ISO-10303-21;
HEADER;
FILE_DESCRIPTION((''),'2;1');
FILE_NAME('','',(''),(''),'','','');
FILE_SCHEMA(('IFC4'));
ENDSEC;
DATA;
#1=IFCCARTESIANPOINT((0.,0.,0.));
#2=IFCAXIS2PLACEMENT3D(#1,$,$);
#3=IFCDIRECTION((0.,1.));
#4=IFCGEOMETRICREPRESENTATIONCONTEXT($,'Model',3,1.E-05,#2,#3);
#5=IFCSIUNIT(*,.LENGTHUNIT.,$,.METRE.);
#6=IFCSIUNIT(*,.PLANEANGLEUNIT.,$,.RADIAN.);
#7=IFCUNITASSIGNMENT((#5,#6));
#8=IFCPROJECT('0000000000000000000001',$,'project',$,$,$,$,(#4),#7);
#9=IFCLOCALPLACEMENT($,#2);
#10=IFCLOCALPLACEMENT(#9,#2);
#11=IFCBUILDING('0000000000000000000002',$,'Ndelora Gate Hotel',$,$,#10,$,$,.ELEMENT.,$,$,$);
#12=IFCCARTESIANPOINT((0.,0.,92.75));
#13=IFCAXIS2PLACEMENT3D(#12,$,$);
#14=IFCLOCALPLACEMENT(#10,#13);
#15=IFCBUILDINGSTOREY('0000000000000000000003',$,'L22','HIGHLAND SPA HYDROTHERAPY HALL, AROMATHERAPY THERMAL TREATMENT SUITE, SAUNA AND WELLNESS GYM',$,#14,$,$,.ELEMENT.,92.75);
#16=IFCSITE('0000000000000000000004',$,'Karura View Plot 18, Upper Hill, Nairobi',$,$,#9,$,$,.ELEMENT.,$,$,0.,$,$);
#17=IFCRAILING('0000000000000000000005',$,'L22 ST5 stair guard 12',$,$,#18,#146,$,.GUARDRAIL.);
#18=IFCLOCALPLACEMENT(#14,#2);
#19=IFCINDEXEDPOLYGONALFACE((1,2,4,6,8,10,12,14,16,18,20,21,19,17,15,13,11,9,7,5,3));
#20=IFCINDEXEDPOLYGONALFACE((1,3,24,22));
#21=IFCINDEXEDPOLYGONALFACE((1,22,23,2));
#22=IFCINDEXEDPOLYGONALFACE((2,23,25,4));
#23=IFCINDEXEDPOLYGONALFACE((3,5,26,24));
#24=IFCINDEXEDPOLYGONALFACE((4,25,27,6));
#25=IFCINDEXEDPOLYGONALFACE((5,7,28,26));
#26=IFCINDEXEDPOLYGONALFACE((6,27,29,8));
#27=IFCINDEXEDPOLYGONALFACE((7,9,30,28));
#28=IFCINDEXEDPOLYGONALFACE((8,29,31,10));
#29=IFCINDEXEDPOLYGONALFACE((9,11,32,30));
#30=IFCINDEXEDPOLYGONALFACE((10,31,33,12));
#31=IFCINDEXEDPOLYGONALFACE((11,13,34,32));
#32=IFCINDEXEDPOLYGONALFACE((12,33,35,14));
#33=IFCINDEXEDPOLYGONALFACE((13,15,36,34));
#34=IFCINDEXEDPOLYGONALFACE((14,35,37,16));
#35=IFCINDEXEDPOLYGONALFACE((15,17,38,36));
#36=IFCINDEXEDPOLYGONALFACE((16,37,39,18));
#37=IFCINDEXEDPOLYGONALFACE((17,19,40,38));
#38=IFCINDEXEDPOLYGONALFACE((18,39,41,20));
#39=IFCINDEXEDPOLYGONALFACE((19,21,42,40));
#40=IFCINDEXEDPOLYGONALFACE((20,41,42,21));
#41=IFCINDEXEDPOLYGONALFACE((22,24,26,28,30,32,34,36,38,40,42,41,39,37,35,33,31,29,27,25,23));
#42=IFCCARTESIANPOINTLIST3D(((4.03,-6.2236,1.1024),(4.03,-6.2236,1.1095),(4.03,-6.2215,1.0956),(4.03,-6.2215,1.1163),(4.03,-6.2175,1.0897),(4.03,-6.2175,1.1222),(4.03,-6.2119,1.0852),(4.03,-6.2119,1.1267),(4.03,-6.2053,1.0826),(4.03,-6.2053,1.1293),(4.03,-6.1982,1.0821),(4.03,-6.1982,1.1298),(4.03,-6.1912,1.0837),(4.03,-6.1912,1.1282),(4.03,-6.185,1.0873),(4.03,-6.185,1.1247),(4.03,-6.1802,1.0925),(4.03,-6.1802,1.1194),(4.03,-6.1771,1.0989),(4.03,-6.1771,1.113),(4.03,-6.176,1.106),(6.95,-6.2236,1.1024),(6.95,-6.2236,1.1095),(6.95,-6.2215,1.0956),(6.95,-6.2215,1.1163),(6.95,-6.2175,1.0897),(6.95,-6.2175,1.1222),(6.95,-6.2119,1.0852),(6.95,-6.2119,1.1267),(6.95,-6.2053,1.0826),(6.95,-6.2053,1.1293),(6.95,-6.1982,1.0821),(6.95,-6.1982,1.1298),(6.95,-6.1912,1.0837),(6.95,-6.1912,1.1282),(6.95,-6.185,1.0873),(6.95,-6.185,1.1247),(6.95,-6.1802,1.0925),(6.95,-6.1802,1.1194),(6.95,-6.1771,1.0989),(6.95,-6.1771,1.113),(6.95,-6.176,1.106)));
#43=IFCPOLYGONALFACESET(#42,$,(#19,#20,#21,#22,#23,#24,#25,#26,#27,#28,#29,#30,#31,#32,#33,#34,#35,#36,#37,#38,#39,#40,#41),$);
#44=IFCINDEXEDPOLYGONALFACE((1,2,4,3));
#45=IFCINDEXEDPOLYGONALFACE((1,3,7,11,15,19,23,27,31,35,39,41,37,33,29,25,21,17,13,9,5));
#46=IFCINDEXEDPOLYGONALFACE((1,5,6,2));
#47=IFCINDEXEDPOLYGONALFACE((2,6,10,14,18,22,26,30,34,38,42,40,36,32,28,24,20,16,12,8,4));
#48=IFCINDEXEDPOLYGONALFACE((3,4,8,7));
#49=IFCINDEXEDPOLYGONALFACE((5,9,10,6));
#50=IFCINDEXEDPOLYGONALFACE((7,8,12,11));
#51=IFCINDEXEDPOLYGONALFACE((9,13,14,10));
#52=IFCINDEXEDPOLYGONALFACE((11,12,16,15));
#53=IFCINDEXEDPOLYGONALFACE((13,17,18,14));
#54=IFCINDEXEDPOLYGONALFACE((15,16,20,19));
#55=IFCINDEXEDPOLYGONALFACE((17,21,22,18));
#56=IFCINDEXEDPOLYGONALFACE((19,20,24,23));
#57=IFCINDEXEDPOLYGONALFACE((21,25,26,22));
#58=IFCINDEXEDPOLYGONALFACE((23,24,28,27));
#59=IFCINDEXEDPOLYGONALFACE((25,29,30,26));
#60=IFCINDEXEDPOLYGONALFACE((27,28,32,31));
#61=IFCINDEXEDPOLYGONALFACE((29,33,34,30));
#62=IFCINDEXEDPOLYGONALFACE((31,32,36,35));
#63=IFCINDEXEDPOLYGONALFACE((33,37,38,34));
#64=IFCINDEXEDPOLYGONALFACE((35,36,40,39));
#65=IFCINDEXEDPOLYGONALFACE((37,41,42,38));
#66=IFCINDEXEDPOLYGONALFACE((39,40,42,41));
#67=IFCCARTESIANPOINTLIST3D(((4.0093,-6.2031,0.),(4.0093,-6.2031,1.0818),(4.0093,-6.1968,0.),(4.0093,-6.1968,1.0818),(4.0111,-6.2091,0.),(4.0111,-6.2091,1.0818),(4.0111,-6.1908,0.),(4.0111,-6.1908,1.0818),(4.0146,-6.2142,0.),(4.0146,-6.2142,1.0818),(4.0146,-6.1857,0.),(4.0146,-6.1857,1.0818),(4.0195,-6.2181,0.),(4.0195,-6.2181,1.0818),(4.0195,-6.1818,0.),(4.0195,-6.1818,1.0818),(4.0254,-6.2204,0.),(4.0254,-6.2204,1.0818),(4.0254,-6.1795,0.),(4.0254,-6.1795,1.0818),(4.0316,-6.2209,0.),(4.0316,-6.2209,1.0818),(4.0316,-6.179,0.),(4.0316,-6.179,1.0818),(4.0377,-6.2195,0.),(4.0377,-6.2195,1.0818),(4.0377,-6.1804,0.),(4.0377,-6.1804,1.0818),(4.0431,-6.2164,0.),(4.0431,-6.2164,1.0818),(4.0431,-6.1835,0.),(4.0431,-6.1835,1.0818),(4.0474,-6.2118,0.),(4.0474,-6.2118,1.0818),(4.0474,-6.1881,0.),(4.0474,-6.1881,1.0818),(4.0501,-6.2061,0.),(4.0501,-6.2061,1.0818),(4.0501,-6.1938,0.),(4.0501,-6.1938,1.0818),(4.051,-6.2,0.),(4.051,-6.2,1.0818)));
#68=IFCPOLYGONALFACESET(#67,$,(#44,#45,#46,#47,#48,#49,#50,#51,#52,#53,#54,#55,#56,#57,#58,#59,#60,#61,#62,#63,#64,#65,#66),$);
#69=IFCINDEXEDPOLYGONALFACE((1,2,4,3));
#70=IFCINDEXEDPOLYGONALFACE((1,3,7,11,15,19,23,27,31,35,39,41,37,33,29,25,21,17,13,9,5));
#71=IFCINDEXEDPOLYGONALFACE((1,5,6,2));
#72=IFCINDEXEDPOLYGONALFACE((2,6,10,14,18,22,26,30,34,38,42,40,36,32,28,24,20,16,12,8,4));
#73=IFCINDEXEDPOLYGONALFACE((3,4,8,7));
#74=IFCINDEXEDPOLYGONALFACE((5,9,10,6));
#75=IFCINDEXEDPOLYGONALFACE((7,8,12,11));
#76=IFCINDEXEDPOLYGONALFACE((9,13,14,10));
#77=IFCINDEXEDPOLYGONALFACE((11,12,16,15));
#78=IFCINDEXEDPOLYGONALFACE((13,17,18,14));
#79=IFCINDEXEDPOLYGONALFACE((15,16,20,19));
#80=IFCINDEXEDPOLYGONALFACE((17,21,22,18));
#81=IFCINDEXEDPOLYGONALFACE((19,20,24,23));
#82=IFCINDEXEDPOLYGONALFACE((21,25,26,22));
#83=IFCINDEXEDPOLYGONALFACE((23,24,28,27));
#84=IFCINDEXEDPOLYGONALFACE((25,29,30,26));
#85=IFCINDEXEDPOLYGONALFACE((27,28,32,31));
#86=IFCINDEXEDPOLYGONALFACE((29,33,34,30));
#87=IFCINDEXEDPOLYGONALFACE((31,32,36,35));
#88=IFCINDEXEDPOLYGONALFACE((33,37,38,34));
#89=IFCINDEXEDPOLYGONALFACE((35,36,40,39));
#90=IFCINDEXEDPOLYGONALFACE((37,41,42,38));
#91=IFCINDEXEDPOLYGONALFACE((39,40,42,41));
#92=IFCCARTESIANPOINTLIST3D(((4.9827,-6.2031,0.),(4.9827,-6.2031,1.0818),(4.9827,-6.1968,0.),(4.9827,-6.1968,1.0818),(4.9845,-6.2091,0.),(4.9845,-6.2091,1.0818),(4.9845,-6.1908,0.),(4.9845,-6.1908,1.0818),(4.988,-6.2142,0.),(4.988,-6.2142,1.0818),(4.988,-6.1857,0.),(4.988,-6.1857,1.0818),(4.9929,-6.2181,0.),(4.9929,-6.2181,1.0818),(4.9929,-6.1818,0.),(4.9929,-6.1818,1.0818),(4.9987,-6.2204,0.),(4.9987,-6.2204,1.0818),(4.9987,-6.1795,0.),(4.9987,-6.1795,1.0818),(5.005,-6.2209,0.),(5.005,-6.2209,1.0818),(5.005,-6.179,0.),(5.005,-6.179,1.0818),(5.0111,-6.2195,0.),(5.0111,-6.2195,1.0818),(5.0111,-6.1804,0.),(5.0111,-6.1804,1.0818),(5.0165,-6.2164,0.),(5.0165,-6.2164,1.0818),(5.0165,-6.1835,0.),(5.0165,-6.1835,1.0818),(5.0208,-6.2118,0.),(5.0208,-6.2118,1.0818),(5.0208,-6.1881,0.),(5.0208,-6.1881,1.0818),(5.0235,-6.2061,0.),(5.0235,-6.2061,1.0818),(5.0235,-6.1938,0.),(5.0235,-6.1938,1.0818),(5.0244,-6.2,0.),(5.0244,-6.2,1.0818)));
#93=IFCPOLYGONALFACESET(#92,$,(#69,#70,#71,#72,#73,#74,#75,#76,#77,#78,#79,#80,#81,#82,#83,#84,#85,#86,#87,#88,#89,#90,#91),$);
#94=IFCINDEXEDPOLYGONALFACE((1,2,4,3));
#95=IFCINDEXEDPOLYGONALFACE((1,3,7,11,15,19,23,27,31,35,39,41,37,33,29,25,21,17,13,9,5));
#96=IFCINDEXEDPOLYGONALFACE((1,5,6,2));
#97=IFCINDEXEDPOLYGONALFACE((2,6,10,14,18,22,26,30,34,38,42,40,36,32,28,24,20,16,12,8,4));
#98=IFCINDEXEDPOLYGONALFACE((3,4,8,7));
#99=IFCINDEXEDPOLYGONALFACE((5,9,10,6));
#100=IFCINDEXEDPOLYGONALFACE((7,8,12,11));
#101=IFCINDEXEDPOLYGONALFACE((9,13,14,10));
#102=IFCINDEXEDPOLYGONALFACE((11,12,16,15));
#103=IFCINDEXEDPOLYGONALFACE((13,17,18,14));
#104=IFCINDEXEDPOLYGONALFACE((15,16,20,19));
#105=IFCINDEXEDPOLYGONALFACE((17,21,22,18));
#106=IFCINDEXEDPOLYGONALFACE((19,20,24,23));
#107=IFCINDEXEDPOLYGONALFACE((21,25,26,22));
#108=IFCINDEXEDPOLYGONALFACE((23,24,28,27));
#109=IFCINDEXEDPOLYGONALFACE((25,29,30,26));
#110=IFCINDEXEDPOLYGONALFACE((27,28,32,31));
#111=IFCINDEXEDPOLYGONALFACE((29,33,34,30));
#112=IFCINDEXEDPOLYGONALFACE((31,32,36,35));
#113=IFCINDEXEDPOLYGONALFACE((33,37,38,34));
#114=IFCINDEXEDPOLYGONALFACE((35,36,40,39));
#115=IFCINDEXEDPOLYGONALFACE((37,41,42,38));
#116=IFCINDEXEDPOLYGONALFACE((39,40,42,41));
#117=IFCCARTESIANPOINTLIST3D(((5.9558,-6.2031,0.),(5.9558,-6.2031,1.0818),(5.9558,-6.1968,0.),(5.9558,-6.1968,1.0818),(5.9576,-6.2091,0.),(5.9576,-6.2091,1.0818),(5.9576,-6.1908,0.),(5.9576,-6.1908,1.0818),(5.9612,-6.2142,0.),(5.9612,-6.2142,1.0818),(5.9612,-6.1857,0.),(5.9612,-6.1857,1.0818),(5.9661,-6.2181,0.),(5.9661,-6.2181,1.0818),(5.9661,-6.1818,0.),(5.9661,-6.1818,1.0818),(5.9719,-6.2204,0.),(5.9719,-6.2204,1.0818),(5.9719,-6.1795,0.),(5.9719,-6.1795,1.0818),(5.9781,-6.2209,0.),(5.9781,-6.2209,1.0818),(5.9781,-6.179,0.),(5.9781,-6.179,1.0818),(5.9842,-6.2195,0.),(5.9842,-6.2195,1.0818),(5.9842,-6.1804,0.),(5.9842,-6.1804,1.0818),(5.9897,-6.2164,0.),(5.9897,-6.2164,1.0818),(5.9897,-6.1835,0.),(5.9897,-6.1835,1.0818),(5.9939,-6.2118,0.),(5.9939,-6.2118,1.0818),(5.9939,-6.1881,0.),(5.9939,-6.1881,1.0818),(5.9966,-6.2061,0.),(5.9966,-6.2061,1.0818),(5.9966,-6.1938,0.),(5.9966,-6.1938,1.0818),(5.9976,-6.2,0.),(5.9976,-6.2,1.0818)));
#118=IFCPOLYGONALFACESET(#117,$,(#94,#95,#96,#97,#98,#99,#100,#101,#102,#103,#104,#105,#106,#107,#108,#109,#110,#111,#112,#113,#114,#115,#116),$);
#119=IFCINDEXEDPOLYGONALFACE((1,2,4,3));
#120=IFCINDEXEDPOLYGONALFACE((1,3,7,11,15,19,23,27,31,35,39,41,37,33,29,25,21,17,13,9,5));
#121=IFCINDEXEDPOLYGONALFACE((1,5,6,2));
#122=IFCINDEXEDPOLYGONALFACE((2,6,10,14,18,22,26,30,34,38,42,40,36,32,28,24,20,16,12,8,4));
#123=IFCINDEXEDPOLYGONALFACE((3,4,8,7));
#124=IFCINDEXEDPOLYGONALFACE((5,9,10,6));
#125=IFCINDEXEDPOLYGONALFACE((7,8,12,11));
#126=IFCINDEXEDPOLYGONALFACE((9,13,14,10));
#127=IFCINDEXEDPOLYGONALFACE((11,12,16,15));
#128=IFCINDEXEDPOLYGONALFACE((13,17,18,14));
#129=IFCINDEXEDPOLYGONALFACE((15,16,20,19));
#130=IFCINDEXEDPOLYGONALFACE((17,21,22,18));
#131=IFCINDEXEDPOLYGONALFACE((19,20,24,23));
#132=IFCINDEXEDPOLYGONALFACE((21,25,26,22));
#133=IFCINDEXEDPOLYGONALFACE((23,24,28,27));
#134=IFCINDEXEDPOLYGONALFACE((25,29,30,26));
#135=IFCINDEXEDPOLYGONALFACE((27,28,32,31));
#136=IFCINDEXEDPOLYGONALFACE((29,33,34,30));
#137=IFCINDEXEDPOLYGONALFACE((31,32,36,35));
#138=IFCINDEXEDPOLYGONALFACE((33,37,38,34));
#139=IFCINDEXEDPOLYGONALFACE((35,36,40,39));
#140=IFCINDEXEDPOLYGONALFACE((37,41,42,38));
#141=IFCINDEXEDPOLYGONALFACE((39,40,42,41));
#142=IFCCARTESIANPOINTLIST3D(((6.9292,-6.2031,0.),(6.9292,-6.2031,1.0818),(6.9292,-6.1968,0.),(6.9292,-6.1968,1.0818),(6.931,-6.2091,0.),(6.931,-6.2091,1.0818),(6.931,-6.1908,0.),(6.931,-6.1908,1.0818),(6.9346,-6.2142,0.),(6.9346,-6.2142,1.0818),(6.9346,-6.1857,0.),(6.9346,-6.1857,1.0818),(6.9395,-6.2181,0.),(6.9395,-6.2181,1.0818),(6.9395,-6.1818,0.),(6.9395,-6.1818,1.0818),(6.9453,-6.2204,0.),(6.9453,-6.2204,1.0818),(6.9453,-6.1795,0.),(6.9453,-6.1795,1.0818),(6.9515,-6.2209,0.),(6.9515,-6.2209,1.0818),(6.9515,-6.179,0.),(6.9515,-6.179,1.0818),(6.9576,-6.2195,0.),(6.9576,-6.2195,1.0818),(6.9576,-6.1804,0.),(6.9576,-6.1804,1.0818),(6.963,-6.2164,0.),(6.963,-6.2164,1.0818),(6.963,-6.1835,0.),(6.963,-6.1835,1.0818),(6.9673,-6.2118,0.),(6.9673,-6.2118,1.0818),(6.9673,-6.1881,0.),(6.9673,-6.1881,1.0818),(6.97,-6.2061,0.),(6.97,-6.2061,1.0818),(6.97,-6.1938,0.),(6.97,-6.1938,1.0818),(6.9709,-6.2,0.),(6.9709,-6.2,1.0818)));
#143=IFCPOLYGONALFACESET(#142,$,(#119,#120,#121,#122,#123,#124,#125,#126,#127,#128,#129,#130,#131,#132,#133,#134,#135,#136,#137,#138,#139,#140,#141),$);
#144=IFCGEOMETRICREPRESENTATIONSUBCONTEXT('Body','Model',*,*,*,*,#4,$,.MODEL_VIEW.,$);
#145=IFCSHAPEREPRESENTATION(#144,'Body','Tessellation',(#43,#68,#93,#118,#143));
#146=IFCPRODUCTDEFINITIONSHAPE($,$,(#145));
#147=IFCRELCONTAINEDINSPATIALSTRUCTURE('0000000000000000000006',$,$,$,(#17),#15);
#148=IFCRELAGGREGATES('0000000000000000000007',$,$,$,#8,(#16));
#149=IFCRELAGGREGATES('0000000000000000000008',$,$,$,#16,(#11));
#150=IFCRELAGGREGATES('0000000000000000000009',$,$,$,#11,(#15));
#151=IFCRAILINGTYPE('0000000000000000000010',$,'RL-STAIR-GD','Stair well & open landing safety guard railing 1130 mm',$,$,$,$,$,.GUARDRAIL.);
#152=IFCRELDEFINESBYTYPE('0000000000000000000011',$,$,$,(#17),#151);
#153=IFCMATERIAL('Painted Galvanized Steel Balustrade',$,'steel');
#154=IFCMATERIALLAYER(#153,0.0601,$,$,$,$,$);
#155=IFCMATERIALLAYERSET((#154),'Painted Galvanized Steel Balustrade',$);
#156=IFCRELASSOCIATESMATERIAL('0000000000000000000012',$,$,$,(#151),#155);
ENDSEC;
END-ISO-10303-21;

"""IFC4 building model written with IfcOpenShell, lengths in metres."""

from ifc_helpers import new_model, si_unit, direction, frame, origin, origin_2d, place, context, subcontext, project, spatial, circle, extrude, material, layer, layer_set, type_object, element, save


model = new_model("IFC4")

# Units and contexts
model_context = context("Model", 3, precision=1e-05, world=origin(), true_north=direction((0.0, 1.0)))
body_context = subcontext(model_context, "Body", "Model", "MODEL_VIEW")
ifc_project = project(units=[si_unit("LENGTHUNIT", "METRE"), si_unit("PLANEANGLEUNIT", "RADIAN")], contexts=[model_context])

# Site, building, storey
site_placement = place(None, origin())
site = spatial("IfcSite", under=ifc_project, at=site_placement, Name="Karura View Plot 18, Upper Hill, Nairobi", CompositionType="ELEMENT", RefElevation=0.0)
building_placement = place(site_placement, origin())
building = spatial("IfcBuilding", under=site, at=building_placement, Name="Ndelora Gate Hotel", CompositionType="ELEMENT")
storey_placement = place(building_placement, frame((0.0, 0.0, 92.75)))
storey = spatial("IfcBuildingStorey", under=building, at=storey_placement, Name="L22", Description="HIGHLAND SPA HYDROTHERAPY HALL, AROMATHERAPY THERMAL TREATMENT SUITE, SAUNA AND WELLNESS GYM", CompositionType="ELEMENT", Elevation=92.75)

# Railing
ifc_material_1 = material(Name="Painted Galvanized Steel Balustrade", Category="steel")
ifc_layer_1 = layer(ifc_material_1, 0.0601)
ifc_layer_set_1 = layer_set([ifc_layer_1], Name="Painted Galvanized Steel Balustrade")
railing_type = type_object("IfcRailingType", Name="RL-STAIR-GD", Description="Stair well & open landing safety guard railing 1130 mm", PredefinedType="GUARDRAIL", material=ifc_layer_set_1)
railing_placement = place(storey_placement, frame((4.03, -6.2, 0.0)))
element("IfcRailing", 1, at=railing_placement, inside=storey, type_object=railing_type, Name="L22 ST5 stair guard 12", PredefinedType="GUARDRAIL", context=body_context, shape_type="SweptSolid", body=[
    extrude(circle(Radius=0.0239, at=origin_2d()), frame((0.0, 0.0, 1.106), z_axis=(1.0, 0.0, 0.0), x_axis=(0.0, 1.0, 0.0)), (0.0, 0.0, 1.0), 2.9199),
    extrude(circle(Radius=0.021, at=origin_2d()), origin(), (0.0, 0.0, 1.0), 1.0818),
    extrude(circle(Radius=0.021, at=origin_2d()), frame((0.9734, 0.0, 0.0)), (0.0, 0.0, 1.0), 1.0818),
    extrude(circle(Radius=0.021, at=origin_2d()), frame((1.9465, 0.0, 0.0)), (0.0, 0.0, 1.0), 1.0818),
    extrude(circle(Radius=0.021, at=origin_2d()), frame((2.9199, 0.0, 0.0)), (0.0, 0.0, 1.0), 1.0818),
])

save(model, "model.ifc")
